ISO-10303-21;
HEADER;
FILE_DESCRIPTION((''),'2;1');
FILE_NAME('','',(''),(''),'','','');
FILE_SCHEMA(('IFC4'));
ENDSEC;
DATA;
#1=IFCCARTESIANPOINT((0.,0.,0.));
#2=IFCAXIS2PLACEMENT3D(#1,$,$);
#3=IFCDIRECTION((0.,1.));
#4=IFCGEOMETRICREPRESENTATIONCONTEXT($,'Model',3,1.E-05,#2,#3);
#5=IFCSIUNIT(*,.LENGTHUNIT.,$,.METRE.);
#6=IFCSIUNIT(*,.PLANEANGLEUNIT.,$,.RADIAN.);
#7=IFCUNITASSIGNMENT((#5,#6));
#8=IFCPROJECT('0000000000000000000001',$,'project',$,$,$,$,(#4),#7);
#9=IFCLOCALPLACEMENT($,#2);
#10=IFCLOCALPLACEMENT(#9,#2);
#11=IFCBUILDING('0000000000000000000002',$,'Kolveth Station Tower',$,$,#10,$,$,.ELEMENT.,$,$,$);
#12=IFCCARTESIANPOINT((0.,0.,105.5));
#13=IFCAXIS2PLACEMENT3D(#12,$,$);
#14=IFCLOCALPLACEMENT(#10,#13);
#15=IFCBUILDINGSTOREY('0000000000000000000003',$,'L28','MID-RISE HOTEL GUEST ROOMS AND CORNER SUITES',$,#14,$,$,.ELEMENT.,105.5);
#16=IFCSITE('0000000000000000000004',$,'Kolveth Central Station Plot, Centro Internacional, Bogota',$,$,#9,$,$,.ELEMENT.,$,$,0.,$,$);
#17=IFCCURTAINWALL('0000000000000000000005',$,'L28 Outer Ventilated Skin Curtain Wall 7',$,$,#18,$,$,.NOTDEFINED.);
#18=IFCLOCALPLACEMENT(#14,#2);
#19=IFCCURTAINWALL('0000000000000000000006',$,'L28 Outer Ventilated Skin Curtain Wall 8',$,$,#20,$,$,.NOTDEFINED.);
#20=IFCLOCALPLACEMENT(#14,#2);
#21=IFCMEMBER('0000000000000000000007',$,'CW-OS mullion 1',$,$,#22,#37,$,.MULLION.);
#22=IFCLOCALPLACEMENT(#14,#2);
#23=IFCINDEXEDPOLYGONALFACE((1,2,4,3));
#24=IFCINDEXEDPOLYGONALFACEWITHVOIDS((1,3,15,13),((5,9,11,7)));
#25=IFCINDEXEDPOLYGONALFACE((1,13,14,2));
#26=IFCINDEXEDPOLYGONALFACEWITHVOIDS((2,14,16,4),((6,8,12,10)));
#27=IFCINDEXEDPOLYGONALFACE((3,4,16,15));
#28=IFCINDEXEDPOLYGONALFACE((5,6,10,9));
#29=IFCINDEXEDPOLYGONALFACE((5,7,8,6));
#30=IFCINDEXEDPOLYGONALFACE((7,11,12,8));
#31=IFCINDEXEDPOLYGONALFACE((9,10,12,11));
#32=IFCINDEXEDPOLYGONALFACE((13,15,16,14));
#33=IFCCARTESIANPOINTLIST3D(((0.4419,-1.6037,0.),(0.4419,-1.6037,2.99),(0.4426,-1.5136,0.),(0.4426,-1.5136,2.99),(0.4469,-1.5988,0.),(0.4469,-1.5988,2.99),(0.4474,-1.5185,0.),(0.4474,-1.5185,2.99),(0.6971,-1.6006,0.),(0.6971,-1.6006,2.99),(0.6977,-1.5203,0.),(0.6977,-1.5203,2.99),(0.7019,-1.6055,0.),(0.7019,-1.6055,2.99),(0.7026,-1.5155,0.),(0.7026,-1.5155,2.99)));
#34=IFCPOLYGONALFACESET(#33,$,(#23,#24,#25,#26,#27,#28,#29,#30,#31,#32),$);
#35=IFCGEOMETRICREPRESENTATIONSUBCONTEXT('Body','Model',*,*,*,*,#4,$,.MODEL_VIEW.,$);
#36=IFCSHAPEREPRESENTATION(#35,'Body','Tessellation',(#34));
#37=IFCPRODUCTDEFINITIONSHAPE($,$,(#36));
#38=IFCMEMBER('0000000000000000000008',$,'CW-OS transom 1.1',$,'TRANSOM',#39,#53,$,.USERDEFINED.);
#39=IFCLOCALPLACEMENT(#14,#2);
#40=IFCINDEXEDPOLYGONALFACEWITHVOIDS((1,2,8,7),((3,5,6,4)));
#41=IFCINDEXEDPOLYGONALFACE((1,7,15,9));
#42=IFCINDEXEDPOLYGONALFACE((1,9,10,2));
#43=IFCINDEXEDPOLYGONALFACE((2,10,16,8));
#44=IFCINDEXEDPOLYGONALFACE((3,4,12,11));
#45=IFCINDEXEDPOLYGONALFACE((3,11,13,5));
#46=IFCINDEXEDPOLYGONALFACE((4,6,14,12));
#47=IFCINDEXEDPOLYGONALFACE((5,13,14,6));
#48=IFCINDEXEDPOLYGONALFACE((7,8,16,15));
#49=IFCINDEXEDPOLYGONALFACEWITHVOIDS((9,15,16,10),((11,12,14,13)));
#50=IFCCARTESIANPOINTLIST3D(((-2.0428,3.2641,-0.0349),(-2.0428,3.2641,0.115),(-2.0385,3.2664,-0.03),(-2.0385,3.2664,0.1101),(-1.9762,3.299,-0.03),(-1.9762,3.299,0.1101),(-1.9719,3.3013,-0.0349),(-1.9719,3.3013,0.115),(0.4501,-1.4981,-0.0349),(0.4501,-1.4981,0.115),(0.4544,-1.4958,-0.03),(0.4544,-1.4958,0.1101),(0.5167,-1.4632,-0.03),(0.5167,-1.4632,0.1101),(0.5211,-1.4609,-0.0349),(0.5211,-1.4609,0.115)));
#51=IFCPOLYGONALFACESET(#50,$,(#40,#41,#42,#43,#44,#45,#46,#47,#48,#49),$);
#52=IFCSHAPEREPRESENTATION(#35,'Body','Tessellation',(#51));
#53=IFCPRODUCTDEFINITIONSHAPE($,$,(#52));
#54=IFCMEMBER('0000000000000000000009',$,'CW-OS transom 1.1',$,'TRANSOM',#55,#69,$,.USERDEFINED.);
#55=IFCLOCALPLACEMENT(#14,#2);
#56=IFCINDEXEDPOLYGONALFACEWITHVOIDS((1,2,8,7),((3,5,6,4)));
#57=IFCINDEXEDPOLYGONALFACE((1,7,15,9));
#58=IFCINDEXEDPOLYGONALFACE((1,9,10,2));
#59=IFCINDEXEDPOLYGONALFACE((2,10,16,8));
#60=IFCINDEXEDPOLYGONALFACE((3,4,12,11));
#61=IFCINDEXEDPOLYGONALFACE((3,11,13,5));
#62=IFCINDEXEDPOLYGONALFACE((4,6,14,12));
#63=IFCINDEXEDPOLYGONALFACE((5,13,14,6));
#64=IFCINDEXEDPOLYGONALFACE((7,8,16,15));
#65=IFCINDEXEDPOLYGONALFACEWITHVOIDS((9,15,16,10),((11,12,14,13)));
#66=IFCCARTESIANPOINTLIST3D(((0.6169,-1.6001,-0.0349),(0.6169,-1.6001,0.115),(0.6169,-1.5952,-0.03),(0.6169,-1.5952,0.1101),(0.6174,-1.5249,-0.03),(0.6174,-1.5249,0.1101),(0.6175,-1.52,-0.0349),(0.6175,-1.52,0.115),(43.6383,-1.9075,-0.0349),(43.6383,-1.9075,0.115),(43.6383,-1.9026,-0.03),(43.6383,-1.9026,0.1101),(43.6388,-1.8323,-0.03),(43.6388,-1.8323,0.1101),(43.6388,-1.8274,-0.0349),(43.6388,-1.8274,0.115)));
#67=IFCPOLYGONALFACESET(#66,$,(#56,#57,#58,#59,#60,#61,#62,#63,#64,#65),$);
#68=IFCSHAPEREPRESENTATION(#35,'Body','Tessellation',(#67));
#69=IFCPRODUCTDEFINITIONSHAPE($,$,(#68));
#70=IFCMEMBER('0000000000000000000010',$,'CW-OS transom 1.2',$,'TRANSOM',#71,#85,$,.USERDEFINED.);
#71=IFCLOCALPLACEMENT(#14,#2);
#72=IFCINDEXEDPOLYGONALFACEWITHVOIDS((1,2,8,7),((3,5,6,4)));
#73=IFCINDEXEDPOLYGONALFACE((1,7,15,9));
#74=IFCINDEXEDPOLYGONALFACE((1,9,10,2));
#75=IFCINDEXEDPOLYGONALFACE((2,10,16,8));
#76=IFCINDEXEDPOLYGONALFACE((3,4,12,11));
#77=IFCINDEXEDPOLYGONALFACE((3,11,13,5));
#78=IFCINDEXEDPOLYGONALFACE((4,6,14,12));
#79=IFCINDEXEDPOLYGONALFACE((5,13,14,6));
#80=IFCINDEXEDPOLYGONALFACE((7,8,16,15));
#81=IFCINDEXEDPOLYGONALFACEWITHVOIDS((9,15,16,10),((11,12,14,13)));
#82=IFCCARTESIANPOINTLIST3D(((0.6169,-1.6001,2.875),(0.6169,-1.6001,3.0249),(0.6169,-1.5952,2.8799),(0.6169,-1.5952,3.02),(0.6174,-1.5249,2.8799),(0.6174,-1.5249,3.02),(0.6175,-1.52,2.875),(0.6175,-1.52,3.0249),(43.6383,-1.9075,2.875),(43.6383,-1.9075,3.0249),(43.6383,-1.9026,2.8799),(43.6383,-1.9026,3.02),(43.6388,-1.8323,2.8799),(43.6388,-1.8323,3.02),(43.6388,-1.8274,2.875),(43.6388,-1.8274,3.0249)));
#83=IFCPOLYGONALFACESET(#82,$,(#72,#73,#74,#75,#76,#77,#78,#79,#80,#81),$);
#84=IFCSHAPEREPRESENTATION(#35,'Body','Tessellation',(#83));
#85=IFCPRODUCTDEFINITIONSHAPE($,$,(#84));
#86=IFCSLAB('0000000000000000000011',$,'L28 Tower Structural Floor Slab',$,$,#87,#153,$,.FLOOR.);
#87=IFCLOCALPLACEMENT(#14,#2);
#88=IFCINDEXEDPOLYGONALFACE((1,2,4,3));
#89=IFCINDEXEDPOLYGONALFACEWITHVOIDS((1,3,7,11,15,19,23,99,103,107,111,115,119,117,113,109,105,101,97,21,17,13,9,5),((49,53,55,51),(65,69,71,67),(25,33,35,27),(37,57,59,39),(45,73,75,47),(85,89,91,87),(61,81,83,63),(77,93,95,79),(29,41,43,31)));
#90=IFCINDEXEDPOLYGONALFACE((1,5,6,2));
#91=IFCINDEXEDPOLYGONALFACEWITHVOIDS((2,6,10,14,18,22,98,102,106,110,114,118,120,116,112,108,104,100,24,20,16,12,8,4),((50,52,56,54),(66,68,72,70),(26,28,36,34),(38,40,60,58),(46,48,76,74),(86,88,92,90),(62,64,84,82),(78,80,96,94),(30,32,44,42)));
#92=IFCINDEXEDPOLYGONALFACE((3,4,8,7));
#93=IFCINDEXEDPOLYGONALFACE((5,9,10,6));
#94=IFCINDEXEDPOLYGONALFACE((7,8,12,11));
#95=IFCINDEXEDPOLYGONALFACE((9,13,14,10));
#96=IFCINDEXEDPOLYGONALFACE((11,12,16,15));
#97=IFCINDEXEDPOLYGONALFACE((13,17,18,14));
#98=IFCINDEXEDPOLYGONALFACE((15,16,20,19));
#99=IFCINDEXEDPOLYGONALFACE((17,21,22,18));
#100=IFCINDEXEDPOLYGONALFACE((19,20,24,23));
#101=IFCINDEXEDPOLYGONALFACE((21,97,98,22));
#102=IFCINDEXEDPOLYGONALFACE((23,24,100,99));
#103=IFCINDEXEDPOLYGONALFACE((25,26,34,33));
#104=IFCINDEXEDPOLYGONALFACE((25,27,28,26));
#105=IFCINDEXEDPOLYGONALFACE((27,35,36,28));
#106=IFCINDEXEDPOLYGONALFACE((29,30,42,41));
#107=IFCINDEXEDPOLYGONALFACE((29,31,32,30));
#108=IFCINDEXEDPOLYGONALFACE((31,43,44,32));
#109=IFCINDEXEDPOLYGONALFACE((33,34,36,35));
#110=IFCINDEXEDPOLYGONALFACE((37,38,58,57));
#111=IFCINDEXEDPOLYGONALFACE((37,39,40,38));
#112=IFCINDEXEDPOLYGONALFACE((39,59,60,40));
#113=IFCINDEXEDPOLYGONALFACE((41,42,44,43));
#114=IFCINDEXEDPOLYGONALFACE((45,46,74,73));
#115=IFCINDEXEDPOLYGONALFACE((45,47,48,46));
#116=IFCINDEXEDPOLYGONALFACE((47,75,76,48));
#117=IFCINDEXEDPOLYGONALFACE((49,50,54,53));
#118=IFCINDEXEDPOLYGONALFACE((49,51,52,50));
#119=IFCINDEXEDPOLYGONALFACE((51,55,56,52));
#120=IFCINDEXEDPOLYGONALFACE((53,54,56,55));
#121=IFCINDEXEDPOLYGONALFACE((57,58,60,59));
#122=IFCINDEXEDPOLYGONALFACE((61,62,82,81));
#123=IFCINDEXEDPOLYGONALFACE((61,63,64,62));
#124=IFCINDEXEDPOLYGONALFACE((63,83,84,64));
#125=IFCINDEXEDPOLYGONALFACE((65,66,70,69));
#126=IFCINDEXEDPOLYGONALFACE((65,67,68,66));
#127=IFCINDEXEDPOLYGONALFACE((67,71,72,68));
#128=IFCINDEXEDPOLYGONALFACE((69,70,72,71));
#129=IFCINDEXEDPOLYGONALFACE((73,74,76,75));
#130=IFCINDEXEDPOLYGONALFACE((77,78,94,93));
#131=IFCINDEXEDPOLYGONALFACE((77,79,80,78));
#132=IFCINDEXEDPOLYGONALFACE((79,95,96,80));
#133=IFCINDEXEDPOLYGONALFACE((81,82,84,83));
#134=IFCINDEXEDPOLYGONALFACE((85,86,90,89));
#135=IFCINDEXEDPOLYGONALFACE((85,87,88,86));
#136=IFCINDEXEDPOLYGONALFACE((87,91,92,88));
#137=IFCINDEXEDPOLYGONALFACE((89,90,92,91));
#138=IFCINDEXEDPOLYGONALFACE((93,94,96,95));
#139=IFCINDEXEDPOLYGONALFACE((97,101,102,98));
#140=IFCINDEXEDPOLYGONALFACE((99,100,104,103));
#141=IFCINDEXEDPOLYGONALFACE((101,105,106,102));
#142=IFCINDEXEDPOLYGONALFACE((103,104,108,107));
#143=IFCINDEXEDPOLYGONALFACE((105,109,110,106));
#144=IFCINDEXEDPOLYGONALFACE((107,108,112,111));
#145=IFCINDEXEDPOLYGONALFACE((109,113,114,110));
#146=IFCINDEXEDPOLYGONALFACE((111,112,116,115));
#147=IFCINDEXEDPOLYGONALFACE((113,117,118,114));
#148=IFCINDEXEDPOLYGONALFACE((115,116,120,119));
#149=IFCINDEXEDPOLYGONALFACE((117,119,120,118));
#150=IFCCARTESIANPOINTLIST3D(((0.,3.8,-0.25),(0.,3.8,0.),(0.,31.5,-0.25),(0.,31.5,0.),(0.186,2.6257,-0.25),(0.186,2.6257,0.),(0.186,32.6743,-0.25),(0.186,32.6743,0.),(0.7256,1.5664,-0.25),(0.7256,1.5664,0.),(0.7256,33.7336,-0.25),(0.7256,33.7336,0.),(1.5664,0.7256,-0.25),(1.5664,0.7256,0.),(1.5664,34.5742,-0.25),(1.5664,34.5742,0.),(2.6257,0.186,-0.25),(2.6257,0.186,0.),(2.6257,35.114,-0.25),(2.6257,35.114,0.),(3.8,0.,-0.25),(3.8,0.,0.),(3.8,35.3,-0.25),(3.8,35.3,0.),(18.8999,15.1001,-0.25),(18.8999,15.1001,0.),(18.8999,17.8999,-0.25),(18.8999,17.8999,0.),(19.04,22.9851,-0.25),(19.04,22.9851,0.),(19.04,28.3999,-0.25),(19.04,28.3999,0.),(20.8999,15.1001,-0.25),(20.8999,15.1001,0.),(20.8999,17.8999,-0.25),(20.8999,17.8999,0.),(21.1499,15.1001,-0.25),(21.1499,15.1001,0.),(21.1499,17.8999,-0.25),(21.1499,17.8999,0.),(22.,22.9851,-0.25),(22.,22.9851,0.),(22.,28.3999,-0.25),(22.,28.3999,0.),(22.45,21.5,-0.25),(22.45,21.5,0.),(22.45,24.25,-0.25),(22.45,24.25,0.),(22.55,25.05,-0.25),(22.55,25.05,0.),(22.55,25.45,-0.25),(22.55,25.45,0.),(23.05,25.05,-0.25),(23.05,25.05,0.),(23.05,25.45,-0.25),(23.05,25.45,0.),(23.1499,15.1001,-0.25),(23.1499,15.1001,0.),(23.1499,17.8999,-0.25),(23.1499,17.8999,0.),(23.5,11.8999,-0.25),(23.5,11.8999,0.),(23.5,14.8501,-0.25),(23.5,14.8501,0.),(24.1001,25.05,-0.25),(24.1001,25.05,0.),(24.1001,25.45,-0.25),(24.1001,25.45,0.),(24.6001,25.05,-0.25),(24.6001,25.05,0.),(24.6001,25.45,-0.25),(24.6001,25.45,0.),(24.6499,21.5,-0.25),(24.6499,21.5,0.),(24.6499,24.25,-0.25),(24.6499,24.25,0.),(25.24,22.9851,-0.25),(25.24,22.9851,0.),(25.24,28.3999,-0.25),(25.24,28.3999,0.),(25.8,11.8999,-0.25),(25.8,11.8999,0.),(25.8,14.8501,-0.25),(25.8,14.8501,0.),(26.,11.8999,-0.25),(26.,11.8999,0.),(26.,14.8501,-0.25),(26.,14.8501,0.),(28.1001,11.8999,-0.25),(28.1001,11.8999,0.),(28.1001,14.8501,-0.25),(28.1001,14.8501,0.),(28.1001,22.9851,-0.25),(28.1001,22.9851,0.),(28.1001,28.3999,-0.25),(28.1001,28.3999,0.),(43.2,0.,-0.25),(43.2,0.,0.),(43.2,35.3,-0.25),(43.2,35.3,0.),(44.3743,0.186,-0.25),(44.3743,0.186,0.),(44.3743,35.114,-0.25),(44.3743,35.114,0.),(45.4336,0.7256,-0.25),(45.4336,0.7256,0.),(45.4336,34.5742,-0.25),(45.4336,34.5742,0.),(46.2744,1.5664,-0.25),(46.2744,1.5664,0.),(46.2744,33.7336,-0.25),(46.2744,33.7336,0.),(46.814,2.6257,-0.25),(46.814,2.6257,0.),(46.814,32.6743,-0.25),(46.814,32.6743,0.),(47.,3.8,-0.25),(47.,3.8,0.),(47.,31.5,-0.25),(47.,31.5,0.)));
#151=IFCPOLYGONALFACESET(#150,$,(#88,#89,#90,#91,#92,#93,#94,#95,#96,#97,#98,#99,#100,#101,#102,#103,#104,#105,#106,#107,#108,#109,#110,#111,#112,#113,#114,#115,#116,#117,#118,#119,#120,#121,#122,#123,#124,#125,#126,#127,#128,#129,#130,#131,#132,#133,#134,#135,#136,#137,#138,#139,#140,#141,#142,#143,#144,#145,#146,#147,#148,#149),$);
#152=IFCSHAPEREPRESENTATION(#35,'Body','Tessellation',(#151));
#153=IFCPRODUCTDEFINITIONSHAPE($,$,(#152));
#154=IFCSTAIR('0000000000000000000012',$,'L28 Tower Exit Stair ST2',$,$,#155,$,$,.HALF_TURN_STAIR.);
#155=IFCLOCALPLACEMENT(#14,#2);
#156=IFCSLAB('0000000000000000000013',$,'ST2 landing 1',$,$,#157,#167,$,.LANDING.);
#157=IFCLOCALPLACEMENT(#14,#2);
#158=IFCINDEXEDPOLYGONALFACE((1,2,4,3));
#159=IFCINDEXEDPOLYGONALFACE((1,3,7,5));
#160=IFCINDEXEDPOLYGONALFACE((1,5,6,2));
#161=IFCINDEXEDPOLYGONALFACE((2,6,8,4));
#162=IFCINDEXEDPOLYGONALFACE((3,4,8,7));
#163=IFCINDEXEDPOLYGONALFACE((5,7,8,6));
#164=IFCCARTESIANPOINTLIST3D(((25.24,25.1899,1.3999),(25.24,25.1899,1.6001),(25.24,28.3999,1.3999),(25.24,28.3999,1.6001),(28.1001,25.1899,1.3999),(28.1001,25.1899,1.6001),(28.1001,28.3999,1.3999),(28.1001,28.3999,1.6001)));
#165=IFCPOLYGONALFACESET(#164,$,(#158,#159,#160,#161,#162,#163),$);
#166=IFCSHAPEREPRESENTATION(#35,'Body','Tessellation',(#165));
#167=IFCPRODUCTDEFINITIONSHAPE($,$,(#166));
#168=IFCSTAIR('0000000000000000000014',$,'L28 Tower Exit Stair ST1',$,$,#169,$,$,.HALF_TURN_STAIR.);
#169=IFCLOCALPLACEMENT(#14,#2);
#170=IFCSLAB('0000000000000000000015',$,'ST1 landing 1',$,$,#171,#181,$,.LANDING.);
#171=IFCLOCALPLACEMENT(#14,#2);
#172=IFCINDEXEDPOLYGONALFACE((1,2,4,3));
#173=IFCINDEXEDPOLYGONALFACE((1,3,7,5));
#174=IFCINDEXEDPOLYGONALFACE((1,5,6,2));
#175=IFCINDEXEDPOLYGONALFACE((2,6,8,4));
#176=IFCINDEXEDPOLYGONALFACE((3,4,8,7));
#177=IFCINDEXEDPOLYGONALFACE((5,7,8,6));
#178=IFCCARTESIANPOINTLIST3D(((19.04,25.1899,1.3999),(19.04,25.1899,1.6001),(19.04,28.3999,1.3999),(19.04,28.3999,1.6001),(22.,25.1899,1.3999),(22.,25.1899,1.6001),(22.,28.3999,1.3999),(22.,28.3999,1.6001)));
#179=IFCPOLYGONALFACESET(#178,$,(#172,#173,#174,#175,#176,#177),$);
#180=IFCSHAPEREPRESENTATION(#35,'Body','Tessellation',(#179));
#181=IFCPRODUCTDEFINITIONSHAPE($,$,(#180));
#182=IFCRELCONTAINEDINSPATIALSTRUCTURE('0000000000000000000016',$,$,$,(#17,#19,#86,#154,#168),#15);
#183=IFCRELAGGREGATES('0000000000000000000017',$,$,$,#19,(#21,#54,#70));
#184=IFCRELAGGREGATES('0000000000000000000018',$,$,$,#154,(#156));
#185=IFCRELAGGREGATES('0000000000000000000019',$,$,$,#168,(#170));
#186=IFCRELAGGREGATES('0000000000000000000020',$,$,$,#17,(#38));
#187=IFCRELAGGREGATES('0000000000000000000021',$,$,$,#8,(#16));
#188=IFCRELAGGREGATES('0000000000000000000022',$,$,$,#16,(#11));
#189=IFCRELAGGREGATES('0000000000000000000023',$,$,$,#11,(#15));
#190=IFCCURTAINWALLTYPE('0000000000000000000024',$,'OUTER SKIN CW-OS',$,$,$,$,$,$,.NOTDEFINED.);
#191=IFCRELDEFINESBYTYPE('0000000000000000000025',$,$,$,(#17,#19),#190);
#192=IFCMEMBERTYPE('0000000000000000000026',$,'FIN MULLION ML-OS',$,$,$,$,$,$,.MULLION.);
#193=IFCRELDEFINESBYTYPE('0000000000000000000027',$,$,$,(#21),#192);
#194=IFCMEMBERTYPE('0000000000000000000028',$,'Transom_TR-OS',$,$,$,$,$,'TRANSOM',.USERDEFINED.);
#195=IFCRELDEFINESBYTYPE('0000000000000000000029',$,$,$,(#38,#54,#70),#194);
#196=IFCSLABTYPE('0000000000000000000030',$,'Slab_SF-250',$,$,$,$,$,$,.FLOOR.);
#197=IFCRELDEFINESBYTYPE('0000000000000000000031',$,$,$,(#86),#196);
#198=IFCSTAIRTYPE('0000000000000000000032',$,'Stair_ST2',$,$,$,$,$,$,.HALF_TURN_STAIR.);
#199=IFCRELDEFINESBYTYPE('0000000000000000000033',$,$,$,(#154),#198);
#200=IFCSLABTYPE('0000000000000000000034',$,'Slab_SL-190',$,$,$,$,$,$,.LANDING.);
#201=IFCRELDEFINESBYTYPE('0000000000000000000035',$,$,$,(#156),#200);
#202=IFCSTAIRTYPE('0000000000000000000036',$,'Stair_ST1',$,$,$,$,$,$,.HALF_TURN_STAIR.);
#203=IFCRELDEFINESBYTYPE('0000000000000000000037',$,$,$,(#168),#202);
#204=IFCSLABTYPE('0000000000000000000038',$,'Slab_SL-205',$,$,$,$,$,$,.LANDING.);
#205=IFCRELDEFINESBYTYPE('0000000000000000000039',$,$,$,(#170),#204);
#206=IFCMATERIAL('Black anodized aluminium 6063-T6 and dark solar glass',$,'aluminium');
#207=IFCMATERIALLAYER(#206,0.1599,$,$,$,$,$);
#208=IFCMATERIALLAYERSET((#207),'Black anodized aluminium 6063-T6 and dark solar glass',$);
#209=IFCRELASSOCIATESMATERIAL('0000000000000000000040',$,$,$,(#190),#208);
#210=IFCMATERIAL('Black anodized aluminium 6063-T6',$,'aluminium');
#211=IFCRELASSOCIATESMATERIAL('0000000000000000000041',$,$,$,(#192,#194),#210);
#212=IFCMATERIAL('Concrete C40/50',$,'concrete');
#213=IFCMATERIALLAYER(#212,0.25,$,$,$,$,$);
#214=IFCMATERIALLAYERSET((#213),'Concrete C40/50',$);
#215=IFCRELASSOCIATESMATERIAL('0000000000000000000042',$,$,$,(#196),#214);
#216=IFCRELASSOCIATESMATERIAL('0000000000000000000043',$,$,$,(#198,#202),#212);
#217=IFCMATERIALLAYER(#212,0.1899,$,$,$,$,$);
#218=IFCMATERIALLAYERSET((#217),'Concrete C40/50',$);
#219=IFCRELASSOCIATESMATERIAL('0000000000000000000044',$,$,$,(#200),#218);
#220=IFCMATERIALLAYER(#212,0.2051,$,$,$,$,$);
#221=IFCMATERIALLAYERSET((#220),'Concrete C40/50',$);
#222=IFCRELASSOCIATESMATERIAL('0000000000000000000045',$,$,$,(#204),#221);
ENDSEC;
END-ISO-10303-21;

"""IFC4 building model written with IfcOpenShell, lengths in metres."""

from ifc_helpers import new_model, si_unit, direction, frame, origin, origin_2d, place, context, subcontext, project, spatial, polyline, hollow_rectangle, outline, extrude, source, transform, mapped, material, layer, layer_set, material_profile, profile_set, type_object, element, aggregate, save


model = new_model("IFC4")

# Units and contexts
model_context = context("Model", 3, precision=1e-05, world=origin(), true_north=direction((0.0, 1.0)))
body_context = subcontext(model_context, "Body", "Model", "MODEL_VIEW")
ifc_project = project(units=[si_unit("LENGTHUNIT", "METRE"), si_unit("PLANEANGLEUNIT", "RADIAN")], contexts=[model_context])

# Site, building, storey
site_placement = place(None, origin())
site = spatial("IfcSite", under=ifc_project, at=site_placement, Name="Kolveth Central Station Plot, Centro Internacional, Bogota", CompositionType="ELEMENT", RefElevation=0.0)
building_placement = place(site_placement, origin())
building = spatial("IfcBuilding", under=site, at=building_placement, Name="Kolveth Station Tower", CompositionType="ELEMENT")
storey_placement = place(building_placement, frame((0.0, 0.0, 105.5)))
storey = spatial("IfcBuildingStorey", under=building, at=storey_placement, Name="L28", Description="MID-RISE HOTEL GUEST ROOMS AND CORNER SUITES", CompositionType="ELEMENT", Elevation=105.5)

# Shared definitions
ifc_material_1 = material(Name="Black anodized aluminium 6063-T6", Category="aluminium")

# Curtain walls, member
ifc_material_2 = material(Name="Black anodized aluminium 6063-T6 and dark solar glass", Category="aluminium")
ifc_layer_1 = layer(ifc_material_2, 0.1599)
ifc_layer_set_1 = layer_set([ifc_layer_1], Name="Black anodized aluminium 6063-T6 and dark solar glass")
curtain_wall_type_1 = type_object("IfcCurtainWallType", Name="OUTER SKIN CW-OS", PredefinedType="NOTDEFINED", material=ifc_layer_set_1)
curtain_wall_1_placement = place(storey_placement, origin())
curtain_wall_1 = element("IfcCurtainWall", 1, at=curtain_wall_1_placement, inside=storey, type_object=curtain_wall_type_1, Name="L28 Outer Ventilated Skin Curtain Wall 7", PredefinedType="NOTDEFINED")
ifc_material_profile_1 = material_profile(ifc_material_1, hollow_rectangle(XDim=0.0901, YDim=0.26, WallThickness=0.0049, at=origin_2d()), Name="ALU-90x260x5")
ifc_profile_set_1 = profile_set([ifc_material_profile_1], Name="Black anodized aluminium 6063-T6")
member_type_1 = type_object("IfcMemberType", Name="FIN MULLION ML-OS", PredefinedType="MULLION", material=ifc_profile_set_1)
shared_shape_1 = source(origin(), body_context, "Body", "SweptSolid", [
    extrude(hollow_rectangle(XDim=0.0901, YDim=0.26, WallThickness=0.0049, at=origin_2d()), origin(), (0.0, 0.0, 1.0), 2.99),
])
curtain_wall_2_placement = place(storey_placement, origin())
curtain_wall_2 = element("IfcCurtainWall", 2, at=curtain_wall_2_placement, inside=storey, type_object=curtain_wall_type_1, Name="L28 Outer Ventilated Skin Curtain Wall 8", PredefinedType="NOTDEFINED")
member_1_placement = place(storey_placement, frame((0.5723, -1.5596, 0.0), z_axis=(0.0, 0.0, 1.0), x_axis=(0.007148, 0.999974, 0.0)))
member_1 = element("IfcMember", 3, at=member_1_placement, type_object=member_type_1, Name="CW-OS mullion 1", PredefinedType="MULLION", context=body_context, shape_type="MappedRepresentation", body=[
    mapped(shared_shape_1, transform((0.0, 0.0, 0.0), x_axis=(1.0, 0.0, 0.0), y_axis=(0.0, 1.0, 0.0), z_axis=(0.0, 0.0, 1.0), scale=1.0)),
])

# Members
ifc_material_profile_2 = material_profile(ifc_material_1, hollow_rectangle(XDim=0.0801, YDim=0.1499, WallThickness=0.0049, at=origin_2d()), Name="ALU-80x150x5")
ifc_profile_set_2 = profile_set([ifc_material_profile_2], Name="Black anodized aluminium 6063-T6")
member_type_2 = type_object("IfcMemberType", Name="Transom_TR-OS", ElementType="TRANSOM", PredefinedType="USERDEFINED", material=ifc_profile_set_2)
shared_shape_2 = source(origin(), body_context, "Body", "SweptSolid", [
    extrude(hollow_rectangle(XDim=0.0801, YDim=0.1499, WallThickness=0.0049, at=origin_2d()), origin(), (0.0, 0.0, 1.0), 5.3752),
])
member_2_placement = place(storey_placement, frame((-2.0073, 3.2827, 0.04), z_axis=(0.463778, -0.885952, 0.0), x_axis=(0.885952, 0.463778, 0.0)))
member_2 = element("IfcMember", 4, at=member_2_placement, type_object=member_type_2, Name="CW-OS transom 1.1", ObjectType="TRANSOM", PredefinedType="USERDEFINED", context=body_context, shape_type="MappedRepresentation", body=[
    mapped(shared_shape_2, transform((0.0, 0.0, 0.0), x_axis=(1.0, 0.0, 0.0), y_axis=(0.0, 1.0, 0.0), z_axis=(0.0, 0.0, 1.0), scale=1.0)),
])
shared_shape_3 = source(origin(), body_context, "Body", "SweptSolid", [
    extrude(hollow_rectangle(XDim=0.0801, YDim=0.1499, WallThickness=0.0049, at=origin_2d()), origin(), (0.0, 0.0, 1.0), 43.0225),
])
member_3_placement = place(storey_placement, frame((0.6172, -1.5601, 0.04), z_axis=(0.999974, -0.007144, 0.0), x_axis=(0.007144, 0.999974, 0.0)))
member_3 = element("IfcMember", 5, at=member_3_placement, type_object=member_type_2, Name="CW-OS transom 1.1", ObjectType="TRANSOM", PredefinedType="USERDEFINED", context=body_context, shape_type="MappedRepresentation", body=[
    mapped(shared_shape_3, transform((0.0, 0.0, 0.0), x_axis=(1.0, 0.0, 0.0), y_axis=(0.0, 1.0, 0.0), z_axis=(0.0, 0.0, 1.0), scale=1.0)),
])
member_4_placement = place(storey_placement, frame((0.6172, -1.5601, 2.95), z_axis=(0.999974, -0.007144, 0.0), x_axis=(0.007144, 0.999974, 0.0)))
member_4 = element("IfcMember", 6, at=member_4_placement, type_object=member_type_2, Name="CW-OS transom 1.2", ObjectType="TRANSOM", PredefinedType="USERDEFINED", context=body_context, shape_type="MappedRepresentation", body=[
    mapped(shared_shape_3, transform((0.0, 0.0, 0.0), x_axis=(1.0, 0.0, 0.0), y_axis=(0.0, 1.0, 0.0), z_axis=(0.0, 0.0, 1.0), scale=1.0)),
])
aggregate(curtain_wall_2, [member_1, member_3, member_4])

# Slab
ifc_material_3 = material(Name="Concrete C40/50", Category="concrete")
ifc_layer_2 = layer(ifc_material_3, 0.25)
ifc_layer_set_2 = layer_set([ifc_layer_2], Name="Concrete C40/50")
slab_type_1 = type_object("IfcSlabType", Name="Slab_SF-250", PredefinedType="FLOOR", material=ifc_layer_set_2)
slab_1_placement = place(storey_placement, frame((0.0, 0.0, -0.25)))
element("IfcSlab", 7, at=slab_1_placement, inside=storey, type_object=slab_type_1, Name="L28 Tower Structural Floor Slab", PredefinedType="FLOOR", context=body_context, shape_type="SweptSolid", body=[
    extrude(outline(polyline([(43.2, 0.0), (44.3743, 0.186), (45.4336, 0.7256), (46.2744, 1.5664), (46.814, 2.6257), (47.0, 3.8), (47.0, 31.5), (46.814, 32.6743), (46.2744, 33.7336), (45.4336, 34.5742), (44.3743, 35.114), (43.2, 35.3), (3.8, 35.3), (2.6257, 35.114), (1.5664, 34.5742), (0.7256, 33.7336), (0.186, 32.6743), (0.0, 31.5), (0.0, 3.8), (0.186, 2.6257), (0.7256, 1.5664), (1.5664, 0.7256), (2.6257, 0.186), (3.8, 0.0), (43.2, 0.0)]), holes=[polyline([(19.04, 22.9851), (22.0, 22.9851), (22.0, 28.3999), (19.04, 28.3999), (19.04, 22.9851)]), polyline([(25.24, 22.9851), (28.1001, 22.9851), (28.1001, 28.3999), (25.24, 28.3999), (25.24, 22.9851)]), polyline([(18.8999, 15.1001), (20.8999, 15.1001), (20.8999, 17.8999), (18.8999, 17.8999), (18.8999, 15.1001)]), polyline([(21.1499, 15.1001), (23.1499, 15.1001), (23.1499, 17.8999), (21.1499, 17.8999), (21.1499, 15.1001)]), polyline([(22.45, 21.5), (24.6499, 21.5), (24.6499, 24.25), (22.45, 24.25), (22.45, 21.5)]), polyline([(23.5, 11.8999), (25.8, 11.8999), (25.8, 14.8501), (23.5, 14.8501), (23.5, 11.8999)]), polyline([(26.0, 11.8999), (28.1001, 11.8999), (28.1001, 14.8501), (26.0, 14.8501), (26.0, 11.8999)]), polyline([(22.55, 25.05), (23.05, 25.05), (23.05, 25.45), (22.55, 25.45), (22.55, 25.05)]), polyline([(24.1001, 25.05), (24.6001, 25.05), (24.6001, 25.45), (24.1001, 25.45), (24.1001, 25.05)])]), origin(), (0.0, 0.0, 1.0), 0.25),
])

# Stairs, slabs
stair_type_1 = type_object("IfcStairType", Name="Stair_ST2", PredefinedType="HALF_TURN_STAIR", material=ifc_material_3)
stair_1_placement = place(storey_placement, origin())
stair_1 = element("IfcStair", 8, at=stair_1_placement, inside=storey, type_object=stair_type_1, Name="L28 Tower Exit Stair ST2", PredefinedType="HALF_TURN_STAIR")
ifc_layer_3 = layer(ifc_material_3, 0.1899)
ifc_layer_set_3 = layer_set([ifc_layer_3], Name="Concrete C40/50")
slab_type_2 = type_object("IfcSlabType", Name="Slab_SL-190", PredefinedType="LANDING", material=ifc_layer_set_3)
slab_2_placement = place(storey_placement, frame((0.0, 0.0, 1.3999)))
slab_2 = element("IfcSlab", 9, at=slab_2_placement, type_object=slab_type_2, Name="ST2 landing 1", PredefinedType="LANDING", context=body_context, shape_type="SweptSolid", body=[
    extrude(outline(polyline([(28.1001, 25.1899), (28.1001, 28.3999), (25.24, 28.3999), (25.24, 25.1899), (28.1001, 25.1899)])), origin(), (0.0, 0.0, 1.0), 0.2002),
])
aggregate(stair_1, [slab_2])
stair_type_2 = type_object("IfcStairType", Name="Stair_ST1", PredefinedType="HALF_TURN_STAIR", material=ifc_material_3)
stair_2_placement = place(storey_placement, origin())
stair_2 = element("IfcStair", 10, at=stair_2_placement, inside=storey, type_object=stair_type_2, Name="L28 Tower Exit Stair ST1", PredefinedType="HALF_TURN_STAIR")
ifc_layer_4 = layer(ifc_material_3, 0.2051)
ifc_layer_set_4 = layer_set([ifc_layer_4], Name="Concrete C40/50")
slab_type_3 = type_object("IfcSlabType", Name="Slab_SL-205", PredefinedType="LANDING", material=ifc_layer_set_4)
slab_3_placement = place(storey_placement, frame((0.0, 0.0, 1.3999)))
slab_3 = element("IfcSlab", 11, at=slab_3_placement, type_object=slab_type_3, Name="ST1 landing 1", PredefinedType="LANDING", context=body_context, shape_type="SweptSolid", body=[
    extrude(outline(polyline([(22.0, 25.1899), (22.0, 28.3999), (19.04, 28.3999), (19.04, 25.1899), (22.0, 25.1899)])), origin(), (0.0, 0.0, 1.0), 0.2002),
])
aggregate(stair_2, [slab_3])

aggregate(curtain_wall_1, [member_2])

save(model, "model.ifc")
